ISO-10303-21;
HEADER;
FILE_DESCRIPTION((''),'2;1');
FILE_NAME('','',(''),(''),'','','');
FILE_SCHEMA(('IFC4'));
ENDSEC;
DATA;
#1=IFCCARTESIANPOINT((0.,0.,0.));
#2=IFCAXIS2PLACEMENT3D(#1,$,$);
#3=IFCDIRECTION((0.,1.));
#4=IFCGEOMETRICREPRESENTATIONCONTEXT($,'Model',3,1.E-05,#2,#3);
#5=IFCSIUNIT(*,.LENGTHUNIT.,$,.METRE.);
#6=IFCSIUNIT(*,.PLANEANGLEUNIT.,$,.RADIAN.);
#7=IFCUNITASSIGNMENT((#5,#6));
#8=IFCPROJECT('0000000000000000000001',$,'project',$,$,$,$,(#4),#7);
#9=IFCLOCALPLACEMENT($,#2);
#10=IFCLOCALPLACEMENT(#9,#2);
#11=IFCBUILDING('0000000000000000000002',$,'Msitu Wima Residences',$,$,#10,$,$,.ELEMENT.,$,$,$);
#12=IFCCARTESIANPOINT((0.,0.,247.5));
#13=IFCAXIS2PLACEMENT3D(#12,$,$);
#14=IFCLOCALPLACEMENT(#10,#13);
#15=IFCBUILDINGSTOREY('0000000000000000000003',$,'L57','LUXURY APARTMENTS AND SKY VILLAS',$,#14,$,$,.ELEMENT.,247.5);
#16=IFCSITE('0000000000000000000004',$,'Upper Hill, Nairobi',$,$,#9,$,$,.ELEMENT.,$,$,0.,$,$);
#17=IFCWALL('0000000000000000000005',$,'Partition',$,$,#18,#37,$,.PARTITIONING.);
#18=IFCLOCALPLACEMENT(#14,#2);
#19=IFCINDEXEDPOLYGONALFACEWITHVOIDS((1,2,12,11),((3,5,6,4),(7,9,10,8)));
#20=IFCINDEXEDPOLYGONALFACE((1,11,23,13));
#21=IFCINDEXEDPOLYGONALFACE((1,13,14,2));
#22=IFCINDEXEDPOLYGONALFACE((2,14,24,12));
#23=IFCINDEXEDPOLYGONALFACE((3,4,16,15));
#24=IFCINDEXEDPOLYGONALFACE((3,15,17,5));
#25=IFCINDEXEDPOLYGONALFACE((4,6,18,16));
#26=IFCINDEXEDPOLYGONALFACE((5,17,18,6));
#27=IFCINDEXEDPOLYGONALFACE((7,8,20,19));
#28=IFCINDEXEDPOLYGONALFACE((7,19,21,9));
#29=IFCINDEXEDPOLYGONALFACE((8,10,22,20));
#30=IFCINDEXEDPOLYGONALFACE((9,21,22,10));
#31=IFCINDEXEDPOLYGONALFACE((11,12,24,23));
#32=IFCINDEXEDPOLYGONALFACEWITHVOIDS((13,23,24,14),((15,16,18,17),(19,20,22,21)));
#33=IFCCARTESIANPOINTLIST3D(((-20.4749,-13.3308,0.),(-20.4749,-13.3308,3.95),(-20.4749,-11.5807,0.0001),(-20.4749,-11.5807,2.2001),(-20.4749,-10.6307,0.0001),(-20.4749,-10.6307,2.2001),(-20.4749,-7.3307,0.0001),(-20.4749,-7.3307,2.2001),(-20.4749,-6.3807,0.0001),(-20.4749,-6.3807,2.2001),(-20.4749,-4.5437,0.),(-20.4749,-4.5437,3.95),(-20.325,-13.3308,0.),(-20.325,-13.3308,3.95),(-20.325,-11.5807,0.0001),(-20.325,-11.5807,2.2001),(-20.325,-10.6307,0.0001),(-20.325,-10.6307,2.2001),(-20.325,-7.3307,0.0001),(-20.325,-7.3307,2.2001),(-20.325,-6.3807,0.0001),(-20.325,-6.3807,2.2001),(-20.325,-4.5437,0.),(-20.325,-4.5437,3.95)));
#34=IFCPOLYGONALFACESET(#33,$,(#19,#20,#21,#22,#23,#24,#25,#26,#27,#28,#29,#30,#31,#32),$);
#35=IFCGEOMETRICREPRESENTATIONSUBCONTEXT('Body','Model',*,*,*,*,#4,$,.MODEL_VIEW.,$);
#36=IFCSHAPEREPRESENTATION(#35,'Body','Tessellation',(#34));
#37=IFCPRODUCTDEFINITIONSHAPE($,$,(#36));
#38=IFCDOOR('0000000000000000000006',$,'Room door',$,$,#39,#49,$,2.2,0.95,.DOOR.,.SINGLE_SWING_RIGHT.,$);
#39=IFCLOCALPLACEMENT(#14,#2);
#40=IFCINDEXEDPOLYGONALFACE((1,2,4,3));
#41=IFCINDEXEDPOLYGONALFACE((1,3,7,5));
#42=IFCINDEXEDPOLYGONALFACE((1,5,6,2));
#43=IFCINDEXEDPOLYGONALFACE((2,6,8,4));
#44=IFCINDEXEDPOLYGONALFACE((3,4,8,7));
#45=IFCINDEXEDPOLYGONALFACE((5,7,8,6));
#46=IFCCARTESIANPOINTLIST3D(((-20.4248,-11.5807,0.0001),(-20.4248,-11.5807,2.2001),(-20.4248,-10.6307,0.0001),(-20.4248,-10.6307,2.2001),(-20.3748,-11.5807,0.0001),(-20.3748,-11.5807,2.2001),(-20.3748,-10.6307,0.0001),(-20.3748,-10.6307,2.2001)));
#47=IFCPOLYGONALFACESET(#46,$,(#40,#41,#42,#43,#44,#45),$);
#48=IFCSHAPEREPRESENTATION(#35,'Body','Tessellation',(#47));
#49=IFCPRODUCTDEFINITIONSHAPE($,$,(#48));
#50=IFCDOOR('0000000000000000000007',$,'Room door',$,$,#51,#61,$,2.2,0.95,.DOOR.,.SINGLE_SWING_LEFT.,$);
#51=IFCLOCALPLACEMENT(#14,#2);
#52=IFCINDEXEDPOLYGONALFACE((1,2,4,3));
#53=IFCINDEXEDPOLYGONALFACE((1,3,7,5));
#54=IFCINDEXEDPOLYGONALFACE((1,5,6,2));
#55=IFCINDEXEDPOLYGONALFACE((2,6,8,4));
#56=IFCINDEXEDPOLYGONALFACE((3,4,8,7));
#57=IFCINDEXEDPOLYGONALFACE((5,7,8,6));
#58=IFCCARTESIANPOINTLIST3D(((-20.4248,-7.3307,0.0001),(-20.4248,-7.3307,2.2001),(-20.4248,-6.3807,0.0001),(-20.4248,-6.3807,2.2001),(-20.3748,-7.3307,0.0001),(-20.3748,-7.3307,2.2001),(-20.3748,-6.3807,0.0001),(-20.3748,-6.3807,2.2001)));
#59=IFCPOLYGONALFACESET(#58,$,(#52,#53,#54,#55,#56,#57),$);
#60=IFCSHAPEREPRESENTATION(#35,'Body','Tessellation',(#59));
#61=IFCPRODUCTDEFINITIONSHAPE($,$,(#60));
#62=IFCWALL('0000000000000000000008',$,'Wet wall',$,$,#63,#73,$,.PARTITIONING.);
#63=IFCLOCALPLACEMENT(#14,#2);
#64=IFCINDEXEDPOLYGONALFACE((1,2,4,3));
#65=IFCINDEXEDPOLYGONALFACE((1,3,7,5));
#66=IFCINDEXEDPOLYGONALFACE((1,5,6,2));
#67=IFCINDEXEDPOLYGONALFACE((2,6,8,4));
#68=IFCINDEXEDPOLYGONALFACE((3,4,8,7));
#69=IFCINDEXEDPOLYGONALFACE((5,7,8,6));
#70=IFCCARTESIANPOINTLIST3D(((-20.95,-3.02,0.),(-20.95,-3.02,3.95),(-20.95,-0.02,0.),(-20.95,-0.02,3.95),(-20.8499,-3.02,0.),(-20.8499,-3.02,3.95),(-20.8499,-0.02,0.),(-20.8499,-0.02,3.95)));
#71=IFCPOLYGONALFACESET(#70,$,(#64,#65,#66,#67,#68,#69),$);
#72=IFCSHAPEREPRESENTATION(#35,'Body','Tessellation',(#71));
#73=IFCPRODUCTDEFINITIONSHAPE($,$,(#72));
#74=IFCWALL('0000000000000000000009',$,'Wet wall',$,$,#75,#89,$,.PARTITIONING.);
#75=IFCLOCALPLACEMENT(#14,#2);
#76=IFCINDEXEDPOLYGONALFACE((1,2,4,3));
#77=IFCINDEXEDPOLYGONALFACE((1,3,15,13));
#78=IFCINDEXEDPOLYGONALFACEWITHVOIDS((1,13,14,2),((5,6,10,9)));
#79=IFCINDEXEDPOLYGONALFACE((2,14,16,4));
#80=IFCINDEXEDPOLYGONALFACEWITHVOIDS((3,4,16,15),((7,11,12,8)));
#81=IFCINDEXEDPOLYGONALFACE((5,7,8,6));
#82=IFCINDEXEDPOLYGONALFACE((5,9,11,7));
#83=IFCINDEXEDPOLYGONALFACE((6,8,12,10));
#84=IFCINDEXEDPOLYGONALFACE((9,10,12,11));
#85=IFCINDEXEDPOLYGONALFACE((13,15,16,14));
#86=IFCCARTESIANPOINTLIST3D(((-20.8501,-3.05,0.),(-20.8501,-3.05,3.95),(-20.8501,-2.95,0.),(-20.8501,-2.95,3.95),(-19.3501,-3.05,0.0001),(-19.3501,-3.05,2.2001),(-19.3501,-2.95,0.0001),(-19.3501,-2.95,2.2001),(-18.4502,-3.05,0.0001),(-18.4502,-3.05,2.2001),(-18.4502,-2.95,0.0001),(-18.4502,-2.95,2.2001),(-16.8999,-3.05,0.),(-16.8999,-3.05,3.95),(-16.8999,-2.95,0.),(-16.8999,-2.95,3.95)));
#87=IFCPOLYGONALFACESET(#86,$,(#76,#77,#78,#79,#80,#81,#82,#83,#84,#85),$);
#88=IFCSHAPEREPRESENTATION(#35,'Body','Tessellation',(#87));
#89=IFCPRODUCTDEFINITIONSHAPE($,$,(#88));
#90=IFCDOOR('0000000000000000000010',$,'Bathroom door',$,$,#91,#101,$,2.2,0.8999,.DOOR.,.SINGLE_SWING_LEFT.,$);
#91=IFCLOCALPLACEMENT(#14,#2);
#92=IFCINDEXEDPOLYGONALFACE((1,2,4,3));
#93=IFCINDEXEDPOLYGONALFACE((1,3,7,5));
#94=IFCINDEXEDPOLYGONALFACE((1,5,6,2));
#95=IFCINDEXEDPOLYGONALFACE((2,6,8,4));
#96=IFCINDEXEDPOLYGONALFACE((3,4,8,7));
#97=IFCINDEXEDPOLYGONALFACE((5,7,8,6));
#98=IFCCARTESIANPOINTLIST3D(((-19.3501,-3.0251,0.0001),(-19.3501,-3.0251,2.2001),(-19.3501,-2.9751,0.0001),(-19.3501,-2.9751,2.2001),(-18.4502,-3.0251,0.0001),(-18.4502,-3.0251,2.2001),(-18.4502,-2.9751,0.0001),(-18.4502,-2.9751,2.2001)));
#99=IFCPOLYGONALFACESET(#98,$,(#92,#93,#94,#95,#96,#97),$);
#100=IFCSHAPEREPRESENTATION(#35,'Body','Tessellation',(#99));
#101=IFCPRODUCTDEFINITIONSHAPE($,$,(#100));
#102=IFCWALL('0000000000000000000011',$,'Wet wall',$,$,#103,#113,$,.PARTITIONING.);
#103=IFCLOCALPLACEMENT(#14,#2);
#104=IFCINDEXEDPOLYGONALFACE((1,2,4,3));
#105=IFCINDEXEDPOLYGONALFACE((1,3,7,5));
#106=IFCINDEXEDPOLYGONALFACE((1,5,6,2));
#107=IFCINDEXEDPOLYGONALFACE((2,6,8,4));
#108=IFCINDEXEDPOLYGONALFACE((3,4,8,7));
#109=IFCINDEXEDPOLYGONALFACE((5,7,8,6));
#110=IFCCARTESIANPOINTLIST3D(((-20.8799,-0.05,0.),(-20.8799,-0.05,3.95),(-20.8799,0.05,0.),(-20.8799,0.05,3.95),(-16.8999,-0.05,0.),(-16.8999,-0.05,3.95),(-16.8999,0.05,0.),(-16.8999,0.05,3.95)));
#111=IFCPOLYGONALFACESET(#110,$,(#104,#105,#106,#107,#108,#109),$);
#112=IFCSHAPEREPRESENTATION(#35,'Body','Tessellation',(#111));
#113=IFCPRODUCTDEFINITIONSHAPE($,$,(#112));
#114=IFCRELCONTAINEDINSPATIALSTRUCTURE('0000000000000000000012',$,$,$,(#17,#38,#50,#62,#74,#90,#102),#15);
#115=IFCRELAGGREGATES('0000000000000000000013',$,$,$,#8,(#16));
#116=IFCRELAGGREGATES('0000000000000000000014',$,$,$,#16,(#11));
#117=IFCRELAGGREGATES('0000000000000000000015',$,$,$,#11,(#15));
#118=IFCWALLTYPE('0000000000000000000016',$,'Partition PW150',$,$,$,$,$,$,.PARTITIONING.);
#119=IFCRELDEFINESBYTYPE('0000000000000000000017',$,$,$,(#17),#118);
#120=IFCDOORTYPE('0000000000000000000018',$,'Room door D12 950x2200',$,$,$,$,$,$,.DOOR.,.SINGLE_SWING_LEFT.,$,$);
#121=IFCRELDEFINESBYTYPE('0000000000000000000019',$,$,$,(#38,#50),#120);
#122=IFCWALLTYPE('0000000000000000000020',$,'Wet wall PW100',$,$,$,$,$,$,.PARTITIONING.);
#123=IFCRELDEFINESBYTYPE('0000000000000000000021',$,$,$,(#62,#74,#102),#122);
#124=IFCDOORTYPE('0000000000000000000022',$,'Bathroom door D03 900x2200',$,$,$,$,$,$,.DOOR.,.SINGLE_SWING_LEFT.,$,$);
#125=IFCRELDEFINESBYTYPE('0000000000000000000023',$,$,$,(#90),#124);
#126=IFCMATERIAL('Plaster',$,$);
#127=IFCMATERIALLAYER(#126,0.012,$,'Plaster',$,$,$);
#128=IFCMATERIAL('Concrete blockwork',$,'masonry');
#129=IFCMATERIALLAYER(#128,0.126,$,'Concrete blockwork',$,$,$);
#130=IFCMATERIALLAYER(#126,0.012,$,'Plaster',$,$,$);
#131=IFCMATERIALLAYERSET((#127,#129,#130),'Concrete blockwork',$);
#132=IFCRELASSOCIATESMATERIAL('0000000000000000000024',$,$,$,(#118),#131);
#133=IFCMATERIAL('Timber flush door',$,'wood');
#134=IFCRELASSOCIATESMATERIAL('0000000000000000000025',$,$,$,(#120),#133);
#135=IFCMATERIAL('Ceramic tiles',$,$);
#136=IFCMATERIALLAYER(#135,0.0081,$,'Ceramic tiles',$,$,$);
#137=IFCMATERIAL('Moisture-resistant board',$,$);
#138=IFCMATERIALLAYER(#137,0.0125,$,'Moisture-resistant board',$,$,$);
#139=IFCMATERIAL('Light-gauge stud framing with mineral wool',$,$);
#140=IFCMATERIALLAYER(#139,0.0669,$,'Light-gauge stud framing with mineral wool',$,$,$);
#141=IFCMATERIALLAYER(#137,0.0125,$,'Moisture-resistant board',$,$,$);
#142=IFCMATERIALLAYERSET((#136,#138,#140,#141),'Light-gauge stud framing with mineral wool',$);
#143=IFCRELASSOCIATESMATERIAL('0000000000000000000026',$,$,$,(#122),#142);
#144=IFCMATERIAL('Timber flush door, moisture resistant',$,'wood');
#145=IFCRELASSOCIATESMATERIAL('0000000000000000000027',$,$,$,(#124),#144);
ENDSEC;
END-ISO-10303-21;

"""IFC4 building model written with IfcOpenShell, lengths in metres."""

from ifc_helpers import new_model, si_unit, direction, frame, frame_2d, origin, place, context, subcontext, project, spatial, rectangle, extrude, material, layer, layer_set, type_object, element, fill, save


model = new_model("IFC4")

# Units and contexts
model_context = context("Model", 3, precision=1e-05, world=origin(), true_north=direction((0.0, 1.0)))
body_context = subcontext(model_context, "Body", "Model", "MODEL_VIEW")
ifc_project = project(units=[si_unit("LENGTHUNIT", "METRE"), si_unit("PLANEANGLEUNIT", "RADIAN")], contexts=[model_context])

# Site, building, storey
site_placement = place(None, origin())
site = spatial("IfcSite", under=ifc_project, at=site_placement, Name="Upper Hill, Nairobi", CompositionType="ELEMENT", RefElevation=0.0)
building_placement = place(site_placement, origin())
building = spatial("IfcBuilding", under=site, at=building_placement, Name="Msitu Wima Residences", CompositionType="ELEMENT")
storey_placement = place(building_placement, frame((0.0, 0.0, 247.5)))
storey = spatial("IfcBuildingStorey", under=building, at=storey_placement, Name="L57", Description="LUXURY APARTMENTS AND SKY VILLAS", CompositionType="ELEMENT", Elevation=247.5)

# Shared definitions
ifc_material_1 = material(Name="Plaster")
ifc_layer_1 = layer(ifc_material_1, 0.012, Name="Plaster")
ifc_material_2 = material(Name="Concrete blockwork", Category="masonry")
ifc_layer_2 = layer(ifc_material_2, 0.126, Name="Concrete blockwork")
ifc_layer_3 = layer(ifc_material_1, 0.012, Name="Plaster")
ifc_layer_set_1 = layer_set([ifc_layer_1, ifc_layer_2, ifc_layer_3], Name="Concrete blockwork")
wall_type_1 = type_object("IfcWallType", Name="Partition PW150", PredefinedType="PARTITIONING", material=ifc_layer_set_1)

# Shared definitions
ifc_material_3 = material(Name="Timber flush door", Category="wood")
door_type_1 = type_object("IfcDoorType", Name="Room door D12 950x2200", OperationType="SINGLE_SWING_LEFT", PredefinedType="DOOR", material=ifc_material_3)

# Wall, openings, doors
wall_1_placement = place(storey_placement, frame((-20.3999, -13.3308, 0.0), z_axis=(0.0, 0.0, 1.0), x_axis=(0.0, 1.0, 0.0)))
wall_1 = element("IfcWall", 1, at=wall_1_placement, inside=storey, type_object=wall_type_1, Name="Partition", PredefinedType="PARTITIONING", context=body_context, shape_type="SweptSolid", body=[
    extrude(rectangle(XDim=8.7871, YDim=0.1499, at=frame_2d((4.3936, 0.0))), origin(), (0.0, 0.0, 1.0), 3.95),
])
opening_1_placement = place(wall_1_placement, frame((1.75, 0.0, 0.0)))
opening_1 = element("IfcOpeningElement", 2, at=opening_1_placement, cuts=wall_1, PredefinedType="OPENING", context=body_context, shape_type="SweptSolid", body=[
    extrude(rectangle(XDim=0.95, YDim=2.2, at=frame_2d((0.4751, 1.1001))), frame((0.0, 0.085, 0.0), z_axis=(0.0, -1.0, 0.0), x_axis=(1.0, 0.0, 0.0)), (0.0, 0.0, 1.0), 0.1699),
])
opening_2_placement = place(wall_1_placement, frame((6.0, 0.0, 0.0)))
opening_2 = element("IfcOpeningElement", 3, at=opening_2_placement, cuts=wall_1, PredefinedType="OPENING", context=body_context, shape_type="SweptSolid", body=[
    extrude(rectangle(XDim=0.95, YDim=2.2, at=frame_2d((0.4751, 1.1001))), frame((0.0, 0.085, 0.0), z_axis=(0.0, -1.0, 0.0), x_axis=(1.0, 0.0, 0.0)), (0.0, 0.0, 1.0), 0.1699),
])
door_1_placement = place(opening_1_placement, origin())
door_1 = element("IfcDoor", 4, at=door_1_placement, inside=storey, type_object=door_type_1, Name="Room door", OperationType="SINGLE_SWING_RIGHT", OverallHeight=2.2, OverallWidth=0.95, PredefinedType="DOOR", context=body_context, shape_type="SweptSolid", body=[
    extrude(rectangle(XDim=0.95, YDim=2.2, at=frame_2d((0.4751, 1.1001))), frame((0.0, 0.0249, 0.0), z_axis=(0.0, -1.0, 0.0), x_axis=(1.0, 0.0, 0.0)), (0.0, 0.0, 1.0), 0.05),
])
fill(opening_1, door_1)
door_2_placement = place(opening_2_placement, origin())
door_2 = element("IfcDoor", 5, at=door_2_placement, inside=storey, type_object=door_type_1, Name="Room door", OperationType="SINGLE_SWING_LEFT", OverallHeight=2.2, OverallWidth=0.95, PredefinedType="DOOR", context=body_context, shape_type="SweptSolid", body=[
    extrude(rectangle(XDim=0.95, YDim=2.2, at=frame_2d((0.4751, 1.1001))), frame((0.0, 0.0249, 0.0), z_axis=(0.0, -1.0, 0.0), x_axis=(1.0, 0.0, 0.0)), (0.0, 0.0, 1.0), 0.05),
])
fill(opening_2, door_2)

# Wall
ifc_material_4 = material(Name="Ceramic tiles")
ifc_layer_4 = layer(ifc_material_4, 0.0081, Name="Ceramic tiles")
ifc_material_5 = material(Name="Moisture-resistant board")
ifc_layer_5 = layer(ifc_material_5, 0.0125, Name="Moisture-resistant board")
ifc_material_6 = material(Name="Light-gauge stud framing with mineral wool")
ifc_layer_6 = layer(ifc_material_6, 0.0669, Name="Light-gauge stud framing with mineral wool")
ifc_layer_7 = layer(ifc_material_5, 0.0125, Name="Moisture-resistant board")
ifc_layer_set_2 = layer_set([ifc_layer_4, ifc_layer_5, ifc_layer_6, ifc_layer_7], Name="Light-gauge stud framing with mineral wool")
wall_type_2 = type_object("IfcWallType", Name="Wet wall PW100", PredefinedType="PARTITIONING", material=ifc_layer_set_2)
wall_2_placement = place(storey_placement, frame((-20.8999, -3.02, 0.0), z_axis=(0.0, 0.0, 1.0), x_axis=(0.0, 1.0, 0.0)))
element("IfcWall", 6, at=wall_2_placement, inside=storey, type_object=wall_type_2, Name="Wet wall", PredefinedType="PARTITIONING", context=body_context, shape_type="SweptSolid", body=[
    extrude(rectangle(XDim=3.0, YDim=0.1001, at=frame_2d((1.5, 0.0))), origin(), (0.0, 0.0, 1.0), 3.95),
])

# Wall, opening, door
wall_3_placement = place(storey_placement, frame((-20.8501, -3.0, 0.0), z_axis=(0.0, 0.0, 1.0), x_axis=(1.0, 0.0, 0.0)))
wall_3 = element("IfcWall", 7, at=wall_3_placement, inside=storey, type_object=wall_type_2, Name="Wet wall", PredefinedType="PARTITIONING", context=body_context, shape_type="SweptSolid", body=[
    extrude(rectangle(XDim=3.9502, YDim=0.1001, at=frame_2d((1.9751, 0.0))), origin(), (0.0, 0.0, 1.0), 3.95),
])
opening_3_placement = place(wall_3_placement, frame((1.5, 0.0, 0.0)))
opening_3 = element("IfcOpeningElement", 8, at=opening_3_placement, cuts=wall_3, PredefinedType="OPENING", context=body_context, shape_type="SweptSolid", body=[
    extrude(rectangle(XDim=0.8999, YDim=2.2, at=frame_2d((0.45, 1.1001))), frame((0.0, 0.0601, 0.0), z_axis=(0.0, -1.0, 0.0), x_axis=(1.0, 0.0, 0.0)), (0.0, 0.0, 1.0), 0.1201),
])
ifc_material_7 = material(Name="Timber flush door, moisture resistant", Category="wood")
door_type_2 = type_object("IfcDoorType", Name="Bathroom door D03 900x2200", OperationType="SINGLE_SWING_LEFT", PredefinedType="DOOR", material=ifc_material_7)
door_3_placement = place(opening_3_placement, origin())
door_3 = element("IfcDoor", 9, at=door_3_placement, inside=storey, type_object=door_type_2, Name="Bathroom door", OperationType="SINGLE_SWING_LEFT", OverallHeight=2.2, OverallWidth=0.8999, PredefinedType="DOOR", context=body_context, shape_type="SweptSolid", body=[
    extrude(rectangle(XDim=0.8999, YDim=2.2, at=frame_2d((0.45, 1.1001))), frame((0.0, 0.0249, 0.0), z_axis=(0.0, -1.0, 0.0), x_axis=(1.0, 0.0, 0.0)), (0.0, 0.0, 1.0), 0.05),
])
fill(opening_3, door_3)

# Wall
wall_4_placement = place(storey_placement, frame((-20.8799, 0.0, 0.0), z_axis=(0.0, 0.0, 1.0), x_axis=(1.0, 0.0, 0.0)))
element("IfcWall", 10, at=wall_4_placement, inside=storey, type_object=wall_type_2, Name="Wet wall", PredefinedType="PARTITIONING", context=body_context, shape_type="SweptSolid", body=[
    extrude(rectangle(XDim=3.98, YDim=0.1001, at=frame_2d((1.99, 0.0))), origin(), (0.0, 0.0, 1.0), 3.95),
])

save(model, "model.ifc")
